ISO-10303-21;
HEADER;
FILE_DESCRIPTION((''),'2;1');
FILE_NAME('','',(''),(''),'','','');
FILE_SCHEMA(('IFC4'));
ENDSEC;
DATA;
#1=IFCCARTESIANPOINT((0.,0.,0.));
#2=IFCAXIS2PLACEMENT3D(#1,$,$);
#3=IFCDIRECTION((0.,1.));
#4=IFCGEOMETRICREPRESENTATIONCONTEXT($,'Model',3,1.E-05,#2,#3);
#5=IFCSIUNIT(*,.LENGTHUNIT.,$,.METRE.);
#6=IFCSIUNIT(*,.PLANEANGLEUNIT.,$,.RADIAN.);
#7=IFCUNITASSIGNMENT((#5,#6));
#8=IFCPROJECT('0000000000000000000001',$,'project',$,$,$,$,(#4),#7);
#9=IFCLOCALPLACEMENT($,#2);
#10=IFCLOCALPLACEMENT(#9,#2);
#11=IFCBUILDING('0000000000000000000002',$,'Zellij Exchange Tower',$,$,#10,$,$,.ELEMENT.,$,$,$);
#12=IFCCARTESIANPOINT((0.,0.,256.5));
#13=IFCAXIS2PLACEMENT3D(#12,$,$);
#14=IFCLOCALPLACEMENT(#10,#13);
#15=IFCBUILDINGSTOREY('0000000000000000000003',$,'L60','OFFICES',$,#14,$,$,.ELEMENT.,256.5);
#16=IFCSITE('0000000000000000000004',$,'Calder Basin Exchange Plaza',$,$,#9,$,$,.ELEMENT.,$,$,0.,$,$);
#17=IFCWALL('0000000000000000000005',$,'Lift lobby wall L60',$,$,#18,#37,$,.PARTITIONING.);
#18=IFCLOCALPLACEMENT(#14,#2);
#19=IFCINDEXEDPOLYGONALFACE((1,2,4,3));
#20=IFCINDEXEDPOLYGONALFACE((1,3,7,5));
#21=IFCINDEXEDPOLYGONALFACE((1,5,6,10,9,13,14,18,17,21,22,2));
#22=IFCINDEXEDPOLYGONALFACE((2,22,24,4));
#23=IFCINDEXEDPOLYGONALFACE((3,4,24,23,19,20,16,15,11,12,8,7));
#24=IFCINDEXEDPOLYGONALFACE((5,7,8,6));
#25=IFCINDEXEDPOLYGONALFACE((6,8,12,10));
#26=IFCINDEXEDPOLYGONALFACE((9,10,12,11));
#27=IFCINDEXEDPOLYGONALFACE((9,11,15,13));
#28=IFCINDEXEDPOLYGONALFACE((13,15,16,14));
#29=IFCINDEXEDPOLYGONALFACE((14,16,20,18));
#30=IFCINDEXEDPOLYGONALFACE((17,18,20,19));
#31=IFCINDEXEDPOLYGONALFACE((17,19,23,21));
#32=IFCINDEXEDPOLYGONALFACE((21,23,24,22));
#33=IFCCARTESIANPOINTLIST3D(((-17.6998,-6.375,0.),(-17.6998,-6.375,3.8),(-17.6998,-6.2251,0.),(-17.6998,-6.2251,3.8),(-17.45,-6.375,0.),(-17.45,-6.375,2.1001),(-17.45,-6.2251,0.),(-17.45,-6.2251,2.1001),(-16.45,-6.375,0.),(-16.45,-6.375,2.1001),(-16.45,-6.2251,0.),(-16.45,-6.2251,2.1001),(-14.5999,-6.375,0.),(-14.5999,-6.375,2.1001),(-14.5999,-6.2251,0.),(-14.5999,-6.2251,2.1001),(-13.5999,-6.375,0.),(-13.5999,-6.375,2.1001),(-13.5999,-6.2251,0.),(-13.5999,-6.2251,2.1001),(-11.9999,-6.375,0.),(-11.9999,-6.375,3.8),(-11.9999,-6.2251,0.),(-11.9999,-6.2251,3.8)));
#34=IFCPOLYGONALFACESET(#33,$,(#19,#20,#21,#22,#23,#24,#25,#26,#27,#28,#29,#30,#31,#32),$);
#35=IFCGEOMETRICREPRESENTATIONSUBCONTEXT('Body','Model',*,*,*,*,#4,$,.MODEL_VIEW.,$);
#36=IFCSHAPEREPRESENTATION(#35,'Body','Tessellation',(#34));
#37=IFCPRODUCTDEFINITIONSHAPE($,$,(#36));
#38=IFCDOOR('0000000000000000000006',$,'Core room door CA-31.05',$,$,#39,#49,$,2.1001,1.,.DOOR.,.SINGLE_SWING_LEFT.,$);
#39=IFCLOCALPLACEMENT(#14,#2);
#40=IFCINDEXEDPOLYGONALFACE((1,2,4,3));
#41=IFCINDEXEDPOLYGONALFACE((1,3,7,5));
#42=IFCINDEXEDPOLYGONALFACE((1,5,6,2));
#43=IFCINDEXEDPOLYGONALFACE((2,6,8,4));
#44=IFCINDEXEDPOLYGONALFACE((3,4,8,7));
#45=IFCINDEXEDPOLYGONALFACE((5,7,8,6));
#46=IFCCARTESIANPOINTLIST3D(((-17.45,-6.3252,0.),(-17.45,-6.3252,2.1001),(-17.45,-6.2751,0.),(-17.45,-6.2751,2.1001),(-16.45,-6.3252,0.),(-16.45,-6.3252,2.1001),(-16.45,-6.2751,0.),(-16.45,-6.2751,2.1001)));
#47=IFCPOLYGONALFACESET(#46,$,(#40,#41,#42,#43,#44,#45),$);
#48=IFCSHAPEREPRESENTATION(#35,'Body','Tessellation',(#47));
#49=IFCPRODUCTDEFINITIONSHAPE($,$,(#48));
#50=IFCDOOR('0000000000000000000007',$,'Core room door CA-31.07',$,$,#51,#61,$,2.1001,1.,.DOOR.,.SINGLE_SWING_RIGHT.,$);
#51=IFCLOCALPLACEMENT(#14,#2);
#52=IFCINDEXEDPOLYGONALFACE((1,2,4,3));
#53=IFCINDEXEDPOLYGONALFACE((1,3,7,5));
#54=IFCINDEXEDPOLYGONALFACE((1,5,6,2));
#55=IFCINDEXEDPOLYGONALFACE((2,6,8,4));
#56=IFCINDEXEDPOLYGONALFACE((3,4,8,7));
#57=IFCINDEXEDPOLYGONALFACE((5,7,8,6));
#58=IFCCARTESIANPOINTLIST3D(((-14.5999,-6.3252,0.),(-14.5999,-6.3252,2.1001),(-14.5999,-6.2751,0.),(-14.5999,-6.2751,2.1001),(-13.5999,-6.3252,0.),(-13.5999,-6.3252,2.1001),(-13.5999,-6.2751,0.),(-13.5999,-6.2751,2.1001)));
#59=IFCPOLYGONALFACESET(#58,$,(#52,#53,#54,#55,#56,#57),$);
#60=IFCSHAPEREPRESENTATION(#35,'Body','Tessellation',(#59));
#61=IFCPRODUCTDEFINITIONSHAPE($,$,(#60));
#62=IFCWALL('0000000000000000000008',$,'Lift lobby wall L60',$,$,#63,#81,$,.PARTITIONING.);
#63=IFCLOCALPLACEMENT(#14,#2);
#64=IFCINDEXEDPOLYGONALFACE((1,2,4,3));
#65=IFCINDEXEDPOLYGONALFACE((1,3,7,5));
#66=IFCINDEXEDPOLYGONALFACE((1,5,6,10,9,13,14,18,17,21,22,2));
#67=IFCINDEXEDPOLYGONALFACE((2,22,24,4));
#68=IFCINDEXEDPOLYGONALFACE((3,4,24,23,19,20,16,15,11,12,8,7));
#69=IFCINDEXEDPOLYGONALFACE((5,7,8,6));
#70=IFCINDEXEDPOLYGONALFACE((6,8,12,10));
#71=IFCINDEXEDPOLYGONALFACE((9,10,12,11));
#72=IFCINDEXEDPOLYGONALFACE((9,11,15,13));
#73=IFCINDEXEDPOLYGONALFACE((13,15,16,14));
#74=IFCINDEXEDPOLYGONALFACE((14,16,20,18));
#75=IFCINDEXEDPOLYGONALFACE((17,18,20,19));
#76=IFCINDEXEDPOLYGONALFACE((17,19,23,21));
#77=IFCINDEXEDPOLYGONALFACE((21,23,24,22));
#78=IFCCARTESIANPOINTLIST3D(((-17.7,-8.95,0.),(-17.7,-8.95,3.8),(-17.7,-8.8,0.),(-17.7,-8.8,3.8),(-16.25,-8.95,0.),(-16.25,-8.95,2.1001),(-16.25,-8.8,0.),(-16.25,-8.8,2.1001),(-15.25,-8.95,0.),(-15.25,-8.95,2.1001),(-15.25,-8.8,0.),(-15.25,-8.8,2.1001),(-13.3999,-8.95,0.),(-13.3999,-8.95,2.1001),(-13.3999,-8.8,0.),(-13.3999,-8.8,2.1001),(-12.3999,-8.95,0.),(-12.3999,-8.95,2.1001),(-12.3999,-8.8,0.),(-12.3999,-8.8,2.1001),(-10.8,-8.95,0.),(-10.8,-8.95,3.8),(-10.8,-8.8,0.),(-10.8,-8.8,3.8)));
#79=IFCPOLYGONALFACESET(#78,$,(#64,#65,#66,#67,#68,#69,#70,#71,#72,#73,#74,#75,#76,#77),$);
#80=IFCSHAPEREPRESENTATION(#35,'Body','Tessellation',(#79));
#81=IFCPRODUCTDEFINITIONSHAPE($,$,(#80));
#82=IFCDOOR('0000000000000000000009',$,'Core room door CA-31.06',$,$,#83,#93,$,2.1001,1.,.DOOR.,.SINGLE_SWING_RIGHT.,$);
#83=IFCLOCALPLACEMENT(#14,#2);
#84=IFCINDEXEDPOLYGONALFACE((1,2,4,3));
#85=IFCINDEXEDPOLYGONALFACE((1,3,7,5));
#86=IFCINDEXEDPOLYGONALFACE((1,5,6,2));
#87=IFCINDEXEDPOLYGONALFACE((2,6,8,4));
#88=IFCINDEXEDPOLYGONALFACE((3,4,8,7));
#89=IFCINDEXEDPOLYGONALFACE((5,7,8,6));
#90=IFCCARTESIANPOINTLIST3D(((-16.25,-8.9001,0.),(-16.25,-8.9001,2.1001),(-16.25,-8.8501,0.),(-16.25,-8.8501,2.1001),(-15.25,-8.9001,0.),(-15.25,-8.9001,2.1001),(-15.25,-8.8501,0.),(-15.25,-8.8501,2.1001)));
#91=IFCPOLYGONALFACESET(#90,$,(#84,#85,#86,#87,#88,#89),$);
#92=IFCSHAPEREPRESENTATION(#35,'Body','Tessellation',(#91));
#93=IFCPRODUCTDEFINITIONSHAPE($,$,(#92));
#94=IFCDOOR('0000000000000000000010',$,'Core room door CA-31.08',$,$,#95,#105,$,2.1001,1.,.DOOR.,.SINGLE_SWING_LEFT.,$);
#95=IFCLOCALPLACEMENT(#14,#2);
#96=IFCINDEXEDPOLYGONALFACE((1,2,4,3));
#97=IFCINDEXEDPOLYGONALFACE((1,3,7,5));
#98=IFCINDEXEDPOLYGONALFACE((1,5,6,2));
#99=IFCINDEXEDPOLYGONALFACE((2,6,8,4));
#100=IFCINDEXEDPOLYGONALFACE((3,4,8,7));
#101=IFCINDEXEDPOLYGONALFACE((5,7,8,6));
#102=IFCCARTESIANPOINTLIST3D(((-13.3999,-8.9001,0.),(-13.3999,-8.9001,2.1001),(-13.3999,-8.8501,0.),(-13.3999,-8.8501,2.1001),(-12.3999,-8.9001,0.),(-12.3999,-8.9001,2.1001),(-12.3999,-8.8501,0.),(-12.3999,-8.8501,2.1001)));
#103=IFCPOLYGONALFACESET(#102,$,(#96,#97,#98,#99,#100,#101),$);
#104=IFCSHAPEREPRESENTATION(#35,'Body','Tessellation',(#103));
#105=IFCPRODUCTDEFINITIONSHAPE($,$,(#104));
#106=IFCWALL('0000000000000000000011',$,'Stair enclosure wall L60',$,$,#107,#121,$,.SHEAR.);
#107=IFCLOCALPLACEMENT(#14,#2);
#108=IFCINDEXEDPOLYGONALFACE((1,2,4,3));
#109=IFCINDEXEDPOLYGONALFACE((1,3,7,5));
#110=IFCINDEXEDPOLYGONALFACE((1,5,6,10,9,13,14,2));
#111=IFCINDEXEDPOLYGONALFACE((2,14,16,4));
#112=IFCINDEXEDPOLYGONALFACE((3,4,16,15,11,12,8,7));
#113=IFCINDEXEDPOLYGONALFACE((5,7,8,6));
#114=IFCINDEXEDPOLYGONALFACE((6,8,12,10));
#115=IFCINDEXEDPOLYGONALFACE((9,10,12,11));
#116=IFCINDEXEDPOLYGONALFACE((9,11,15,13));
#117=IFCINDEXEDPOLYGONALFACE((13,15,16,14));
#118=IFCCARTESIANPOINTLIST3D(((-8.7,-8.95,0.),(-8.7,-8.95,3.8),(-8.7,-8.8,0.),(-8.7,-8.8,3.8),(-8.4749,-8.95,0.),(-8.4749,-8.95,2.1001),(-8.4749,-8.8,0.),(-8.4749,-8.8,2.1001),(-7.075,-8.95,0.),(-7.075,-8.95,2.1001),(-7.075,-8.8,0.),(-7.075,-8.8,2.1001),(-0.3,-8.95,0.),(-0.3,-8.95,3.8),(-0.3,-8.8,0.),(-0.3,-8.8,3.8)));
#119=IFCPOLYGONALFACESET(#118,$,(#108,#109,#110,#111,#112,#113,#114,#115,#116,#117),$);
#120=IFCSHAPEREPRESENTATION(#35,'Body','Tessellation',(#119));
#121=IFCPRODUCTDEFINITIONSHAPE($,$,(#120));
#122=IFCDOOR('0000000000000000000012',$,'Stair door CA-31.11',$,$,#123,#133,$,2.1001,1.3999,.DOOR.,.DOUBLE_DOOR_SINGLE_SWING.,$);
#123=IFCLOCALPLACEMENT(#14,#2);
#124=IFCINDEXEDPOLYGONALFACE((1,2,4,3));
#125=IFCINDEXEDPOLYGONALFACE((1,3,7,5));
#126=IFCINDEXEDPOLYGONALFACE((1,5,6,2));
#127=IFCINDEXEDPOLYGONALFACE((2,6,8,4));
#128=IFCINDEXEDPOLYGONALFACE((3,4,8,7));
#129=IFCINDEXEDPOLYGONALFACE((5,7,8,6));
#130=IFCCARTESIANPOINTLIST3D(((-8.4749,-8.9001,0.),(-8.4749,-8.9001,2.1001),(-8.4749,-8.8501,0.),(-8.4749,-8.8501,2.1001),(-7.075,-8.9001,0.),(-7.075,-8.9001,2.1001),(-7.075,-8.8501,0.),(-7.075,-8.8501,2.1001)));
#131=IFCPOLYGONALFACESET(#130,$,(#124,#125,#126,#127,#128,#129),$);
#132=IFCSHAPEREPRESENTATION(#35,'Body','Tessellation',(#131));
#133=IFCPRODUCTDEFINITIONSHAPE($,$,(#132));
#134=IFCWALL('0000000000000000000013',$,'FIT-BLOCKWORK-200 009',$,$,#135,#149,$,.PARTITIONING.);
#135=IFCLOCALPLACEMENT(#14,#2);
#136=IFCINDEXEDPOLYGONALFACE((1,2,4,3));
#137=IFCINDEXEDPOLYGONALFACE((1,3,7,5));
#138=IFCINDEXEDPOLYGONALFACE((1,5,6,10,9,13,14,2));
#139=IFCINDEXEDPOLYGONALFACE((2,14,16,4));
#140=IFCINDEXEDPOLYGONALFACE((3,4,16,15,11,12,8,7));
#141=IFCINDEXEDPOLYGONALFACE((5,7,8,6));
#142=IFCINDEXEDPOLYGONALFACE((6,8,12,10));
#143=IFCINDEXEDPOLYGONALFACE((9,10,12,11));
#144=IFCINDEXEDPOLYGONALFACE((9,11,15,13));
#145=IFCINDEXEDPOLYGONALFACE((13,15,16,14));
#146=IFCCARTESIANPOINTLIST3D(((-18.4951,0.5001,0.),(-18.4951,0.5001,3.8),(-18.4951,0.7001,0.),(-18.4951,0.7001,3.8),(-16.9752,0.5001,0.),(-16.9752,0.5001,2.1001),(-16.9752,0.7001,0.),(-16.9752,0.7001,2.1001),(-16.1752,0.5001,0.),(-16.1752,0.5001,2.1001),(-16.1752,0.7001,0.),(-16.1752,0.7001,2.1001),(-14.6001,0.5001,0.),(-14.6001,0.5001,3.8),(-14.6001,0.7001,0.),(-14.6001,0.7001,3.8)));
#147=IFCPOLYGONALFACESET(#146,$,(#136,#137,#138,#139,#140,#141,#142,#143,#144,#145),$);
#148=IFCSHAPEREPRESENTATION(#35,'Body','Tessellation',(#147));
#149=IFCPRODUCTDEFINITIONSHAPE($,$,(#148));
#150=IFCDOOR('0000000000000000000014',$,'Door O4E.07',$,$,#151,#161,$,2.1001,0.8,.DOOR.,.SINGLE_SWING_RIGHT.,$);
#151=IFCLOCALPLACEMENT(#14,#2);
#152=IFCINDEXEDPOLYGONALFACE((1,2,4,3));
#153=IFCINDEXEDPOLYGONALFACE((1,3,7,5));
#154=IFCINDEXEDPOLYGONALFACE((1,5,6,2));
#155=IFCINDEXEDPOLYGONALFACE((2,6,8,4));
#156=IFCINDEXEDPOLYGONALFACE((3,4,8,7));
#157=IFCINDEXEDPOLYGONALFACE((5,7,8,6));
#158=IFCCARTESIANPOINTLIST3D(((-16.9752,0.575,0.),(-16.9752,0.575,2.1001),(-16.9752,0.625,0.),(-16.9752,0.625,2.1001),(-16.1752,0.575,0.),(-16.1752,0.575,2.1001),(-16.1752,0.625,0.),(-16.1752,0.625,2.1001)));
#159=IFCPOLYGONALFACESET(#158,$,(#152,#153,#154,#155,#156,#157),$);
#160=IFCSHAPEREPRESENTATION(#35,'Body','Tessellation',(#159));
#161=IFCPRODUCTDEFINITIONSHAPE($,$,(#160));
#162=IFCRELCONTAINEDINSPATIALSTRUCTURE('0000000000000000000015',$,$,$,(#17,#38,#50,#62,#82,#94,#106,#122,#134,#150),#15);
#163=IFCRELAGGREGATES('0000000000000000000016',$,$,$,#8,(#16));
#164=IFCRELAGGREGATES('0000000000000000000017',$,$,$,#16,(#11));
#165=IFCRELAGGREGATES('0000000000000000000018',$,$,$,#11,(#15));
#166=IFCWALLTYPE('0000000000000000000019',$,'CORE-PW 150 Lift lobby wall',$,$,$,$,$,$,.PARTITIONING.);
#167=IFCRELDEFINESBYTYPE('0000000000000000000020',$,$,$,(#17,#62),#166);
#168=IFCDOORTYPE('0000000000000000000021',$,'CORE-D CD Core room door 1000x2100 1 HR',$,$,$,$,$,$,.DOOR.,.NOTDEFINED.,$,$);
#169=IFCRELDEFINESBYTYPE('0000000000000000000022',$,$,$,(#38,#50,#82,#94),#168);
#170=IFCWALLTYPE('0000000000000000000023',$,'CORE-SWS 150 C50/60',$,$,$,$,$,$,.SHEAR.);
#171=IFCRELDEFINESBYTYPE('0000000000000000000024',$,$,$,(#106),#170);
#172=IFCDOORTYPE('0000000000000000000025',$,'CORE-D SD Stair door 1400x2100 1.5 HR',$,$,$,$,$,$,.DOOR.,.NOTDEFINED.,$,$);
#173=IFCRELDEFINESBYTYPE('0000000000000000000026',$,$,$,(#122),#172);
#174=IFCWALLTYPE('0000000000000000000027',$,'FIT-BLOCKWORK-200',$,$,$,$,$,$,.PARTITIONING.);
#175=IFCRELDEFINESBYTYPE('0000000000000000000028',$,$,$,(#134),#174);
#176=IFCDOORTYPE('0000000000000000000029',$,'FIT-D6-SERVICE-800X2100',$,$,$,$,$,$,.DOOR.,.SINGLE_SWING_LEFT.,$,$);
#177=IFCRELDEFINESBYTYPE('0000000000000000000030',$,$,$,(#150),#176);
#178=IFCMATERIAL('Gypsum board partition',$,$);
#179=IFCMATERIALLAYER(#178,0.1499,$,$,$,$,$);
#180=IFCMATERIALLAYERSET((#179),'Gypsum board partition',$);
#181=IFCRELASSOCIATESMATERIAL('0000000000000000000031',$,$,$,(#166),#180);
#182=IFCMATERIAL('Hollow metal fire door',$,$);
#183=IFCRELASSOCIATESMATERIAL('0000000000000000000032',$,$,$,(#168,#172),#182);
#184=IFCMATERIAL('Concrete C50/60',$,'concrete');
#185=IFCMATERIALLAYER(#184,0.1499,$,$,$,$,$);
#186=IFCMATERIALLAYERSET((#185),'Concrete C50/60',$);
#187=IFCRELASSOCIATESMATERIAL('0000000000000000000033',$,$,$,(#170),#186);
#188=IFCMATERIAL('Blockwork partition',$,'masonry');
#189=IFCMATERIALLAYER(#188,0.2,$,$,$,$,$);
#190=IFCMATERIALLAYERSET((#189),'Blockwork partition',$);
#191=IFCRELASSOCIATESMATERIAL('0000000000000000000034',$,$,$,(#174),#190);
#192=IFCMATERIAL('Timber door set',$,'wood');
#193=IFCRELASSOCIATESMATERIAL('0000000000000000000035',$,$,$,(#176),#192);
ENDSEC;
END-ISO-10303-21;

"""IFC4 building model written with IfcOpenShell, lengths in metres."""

from ifc_helpers import new_model, si_unit, direction, frame, frame_2d, origin, place, context, subcontext, project, spatial, rectangle, extrude, material, layer, layer_set, type_object, element, fill, save


model = new_model("IFC4")

# Units and contexts
model_context = context("Model", 3, precision=1e-05, world=origin(), true_north=direction((0.0, 1.0)))
body_context = subcontext(model_context, "Body", "Model", "MODEL_VIEW")
ifc_project = project(units=[si_unit("LENGTHUNIT", "METRE"), si_unit("PLANEANGLEUNIT", "RADIAN")], contexts=[model_context])

# Site, building, storey
site_placement = place(None, origin())
site = spatial("IfcSite", under=ifc_project, at=site_placement, Name="Calder Basin Exchange Plaza", CompositionType="ELEMENT", RefElevation=0.0)
building_placement = place(site_placement, origin())
building = spatial("IfcBuilding", under=site, at=building_placement, Name="Zellij Exchange Tower", CompositionType="ELEMENT")
storey_placement = place(building_placement, frame((0.0, 0.0, 256.5)))
storey = spatial("IfcBuildingStorey", under=building, at=storey_placement, Name="L60", Description="OFFICES", CompositionType="ELEMENT", Elevation=256.5)

# Shared definitions
ifc_material_1 = material(Name="Concrete C50/60", Category="concrete")

# Shared definitions
ifc_material_2 = material(Name="Gypsum board partition")
ifc_layer_1 = layer(ifc_material_2, 0.1499)
ifc_layer_set_1 = layer_set([ifc_layer_1], Name="Gypsum board partition")
wall_type_1 = type_object("IfcWallType", Name="CORE-PW 150 Lift lobby wall", PredefinedType="PARTITIONING", material=ifc_layer_set_1)

# Shared definitions
ifc_material_3 = material(Name="Hollow metal fire door")

# Walls, openings, doors
wall_1_placement = place(storey_placement, frame((-17.7, -6.3, 0.0), z_axis=(0.0, 0.0, 1.0), x_axis=(1.0, 0.0, 0.0)))
wall_1 = element("IfcWall", 1, at=wall_1_placement, inside=storey, type_object=wall_type_1, Name="Lift lobby wall L60", PredefinedType="PARTITIONING", context=body_context, shape_type="SweptSolid", body=[
    extrude(rectangle(XDim=5.7, YDim=0.1499, at=frame_2d((2.8501, 0.0))), origin(), (0.0, 0.0, 1.0), 3.8),
])
opening_1_placement = place(wall_1_placement, frame((0.25, 0.0, 0.0)))
opening_1 = element("IfcOpeningElement", 2, at=opening_1_placement, cuts=wall_1, PredefinedType="OPENING", context=body_context, shape_type="SweptSolid", body=[
    extrude(rectangle(XDim=1.0, YDim=2.1001, at=frame_2d((0.5, 1.05))), frame((0.0, 0.0869, 0.0), z_axis=(0.0, -1.0, 0.0), x_axis=(1.0, 0.0, 0.0)), (0.0, 0.0, 1.0), 0.1738),
])
opening_2_placement = place(wall_1_placement, frame((3.1001, 0.0, 0.0)))
opening_2 = element("IfcOpeningElement", 3, at=opening_2_placement, cuts=wall_1, PredefinedType="OPENING", context=body_context, shape_type="SweptSolid", body=[
    extrude(rectangle(XDim=1.0, YDim=2.1001, at=frame_2d((0.5, 1.05))), frame((0.0, 0.0869, 0.0), z_axis=(0.0, -1.0, 0.0), x_axis=(1.0, 0.0, 0.0)), (0.0, 0.0, 1.0), 0.1738),
])
door_type_1 = type_object("IfcDoorType", Name="CORE-D CD Core room door 1000x2100 1 HR", OperationType="NOTDEFINED", PredefinedType="DOOR", material=ifc_material_3)
door_1_placement = place(opening_1_placement, origin())
door_1 = element("IfcDoor", 4, at=door_1_placement, inside=storey, type_object=door_type_1, Name="Core room door CA-31.05", OperationType="SINGLE_SWING_LEFT", OverallHeight=2.1001, OverallWidth=1.0, PredefinedType="DOOR", context=body_context, shape_type="SweptSolid", body=[
    extrude(rectangle(XDim=1.0, YDim=2.1001, at=frame_2d((0.5, 1.05))), frame((0.0, 0.0249, 0.0), z_axis=(0.0, -1.0, 0.0), x_axis=(1.0, 0.0, 0.0)), (0.0, 0.0, 1.0), 0.05),
])
fill(opening_1, door_1)
door_2_placement = place(opening_2_placement, origin())
door_2 = element("IfcDoor", 5, at=door_2_placement, inside=storey, type_object=door_type_1, Name="Core room door CA-31.07", OperationType="SINGLE_SWING_RIGHT", OverallHeight=2.1001, OverallWidth=1.0, PredefinedType="DOOR", context=body_context, shape_type="SweptSolid", body=[
    extrude(rectangle(XDim=1.0, YDim=2.1001, at=frame_2d((0.5, 1.05))), frame((0.0, 0.0249, 0.0), z_axis=(0.0, -1.0, 0.0), x_axis=(1.0, 0.0, 0.0)), (0.0, 0.0, 1.0), 0.05),
])
fill(opening_2, door_2)
wall_2_placement = place(storey_placement, frame((-17.7, -8.875, 0.0), z_axis=(0.0, 0.0, 1.0), x_axis=(1.0, 0.0, 0.0)))
wall_2 = element("IfcWall", 6, at=wall_2_placement, inside=storey, type_object=wall_type_1, Name="Lift lobby wall L60", PredefinedType="PARTITIONING", context=body_context, shape_type="SweptSolid", body=[
    extrude(rectangle(XDim=6.8999, YDim=0.1499, at=frame_2d((3.45, 0.0))), origin(), (0.0, 0.0, 1.0), 3.8),
])
opening_3_placement = place(wall_2_placement, frame((1.45, 0.0, 0.0)))
opening_3 = element("IfcOpeningElement", 7, at=opening_3_placement, cuts=wall_2, PredefinedType="OPENING", context=body_context, shape_type="SweptSolid", body=[
    extrude(rectangle(XDim=1.0, YDim=2.1001, at=frame_2d((0.5, 1.05))), frame((0.0, 0.0869, 0.0), z_axis=(0.0, -1.0, 0.0), x_axis=(1.0, 0.0, 0.0)), (0.0, 0.0, 1.0), 0.1738),
])
opening_4_placement = place(wall_2_placement, frame((4.3, 0.0, 0.0)))
opening_4 = element("IfcOpeningElement", 8, at=opening_4_placement, cuts=wall_2, PredefinedType="OPENING", context=body_context, shape_type="SweptSolid", body=[
    extrude(rectangle(XDim=1.0, YDim=2.1001, at=frame_2d((0.5, 1.05))), frame((0.0, 0.0869, 0.0), z_axis=(0.0, -1.0, 0.0), x_axis=(1.0, 0.0, 0.0)), (0.0, 0.0, 1.0), 0.1738),
])
door_3_placement = place(opening_3_placement, origin())
door_3 = element("IfcDoor", 9, at=door_3_placement, inside=storey, type_object=door_type_1, Name="Core room door CA-31.06", OperationType="SINGLE_SWING_RIGHT", OverallHeight=2.1001, OverallWidth=1.0, PredefinedType="DOOR", context=body_context, shape_type="SweptSolid", body=[
    extrude(rectangle(XDim=1.0, YDim=2.1001, at=frame_2d((0.5, 1.05))), frame((0.0, 0.0249, 0.0), z_axis=(0.0, -1.0, 0.0), x_axis=(1.0, 0.0, 0.0)), (0.0, 0.0, 1.0), 0.05),
])
fill(opening_3, door_3)
door_4_placement = place(opening_4_placement, origin())
door_4 = element("IfcDoor", 10, at=door_4_placement, inside=storey, type_object=door_type_1, Name="Core room door CA-31.08", OperationType="SINGLE_SWING_LEFT", OverallHeight=2.1001, OverallWidth=1.0, PredefinedType="DOOR", context=body_context, shape_type="SweptSolid", body=[
    extrude(rectangle(XDim=1.0, YDim=2.1001, at=frame_2d((0.5, 1.05))), frame((0.0, 0.0249, 0.0), z_axis=(0.0, -1.0, 0.0), x_axis=(1.0, 0.0, 0.0)), (0.0, 0.0, 1.0), 0.05),
])
fill(opening_4, door_4)

# Walls, openings, doors
ifc_layer_2 = layer(ifc_material_1, 0.1499)
ifc_layer_set_2 = layer_set([ifc_layer_2], Name="Concrete C50/60")
wall_type_2 = type_object("IfcWallType", Name="CORE-SWS 150 C50/60", PredefinedType="SHEAR", material=ifc_layer_set_2)
wall_3_placement = place(storey_placement, frame((-8.7, -8.875, 0.0), z_axis=(0.0, 0.0, 1.0), x_axis=(1.0, 0.0, 0.0)))
wall_3 = element("IfcWall", 11, at=wall_3_placement, inside=storey, type_object=wall_type_2, Name="Stair enclosure wall L60", PredefinedType="SHEAR", context=body_context, shape_type="SweptSolid", body=[
    extrude(rectangle(XDim=8.3999, YDim=0.1499, at=frame_2d((4.2, 0.0))), origin(), (0.0, 0.0, 1.0), 3.8),
])
opening_5_placement = place(wall_3_placement, frame((0.2251, 0.0, 0.0)))
opening_5 = element("IfcOpeningElement", 12, at=opening_5_placement, cuts=wall_3, PredefinedType="OPENING", context=body_context, shape_type="SweptSolid", body=[
    extrude(rectangle(XDim=1.3999, YDim=2.1001, at=frame_2d((0.7, 1.05))), frame((0.0, 0.0869, 0.0), z_axis=(0.0, -1.0, 0.0), x_axis=(1.0, 0.0, 0.0)), (0.0, 0.0, 1.0), 0.1738),
])
door_type_2 = type_object("IfcDoorType", Name="CORE-D SD Stair door 1400x2100 1.5 HR", OperationType="NOTDEFINED", PredefinedType="DOOR", material=ifc_material_3)
door_5_placement = place(opening_5_placement, origin())
door_5 = element("IfcDoor", 13, at=door_5_placement, inside=storey, type_object=door_type_2, Name="Stair door CA-31.11", OperationType="DOUBLE_DOOR_SINGLE_SWING", OverallHeight=2.1001, OverallWidth=1.3999, PredefinedType="DOOR", context=body_context, shape_type="SweptSolid", body=[
    extrude(rectangle(XDim=1.3999, YDim=2.1001, at=frame_2d((0.7, 1.05))), frame((0.0, 0.0249, 0.0), z_axis=(0.0, -1.0, 0.0), x_axis=(1.0, 0.0, 0.0)), (0.0, 0.0, 1.0), 0.05),
])
fill(opening_5, door_5)
ifc_material_4 = material(Name="Blockwork partition", Category="masonry")
ifc_layer_3 = layer(ifc_material_4, 0.2)
ifc_layer_set_3 = layer_set([ifc_layer_3], Name="Blockwork partition")
wall_type_3 = type_object("IfcWallType", Name="FIT-BLOCKWORK-200", PredefinedType="PARTITIONING", material=ifc_layer_set_3)
wall_4_placement = place(storey_placement, frame((-18.4951, 0.6001, 0.0), z_axis=(0.0, 0.0, 1.0), x_axis=(1.0, 0.0, 0.0)))
wall_4 = element("IfcWall", 14, at=wall_4_placement, inside=storey, type_object=wall_type_3, Name="FIT-BLOCKWORK-200 009", PredefinedType="PARTITIONING", context=body_context, shape_type="SweptSolid", body=[
    extrude(rectangle(XDim=3.895, YDim=0.2, at=frame_2d((1.9475, 0.0))), origin(), (0.0, 0.0, 1.0), 3.8),
])
opening_6_placement = place(wall_4_placement, frame((1.52, 0.0, 0.0)))
opening_6 = element("IfcOpeningElement", 15, at=opening_6_placement, cuts=wall_4, PredefinedType="OPENING", context=body_context, shape_type="SweptSolid", body=[
    extrude(rectangle(XDim=0.8, YDim=2.1001, at=frame_2d((0.3999, 1.05))), frame((0.0, 0.1118, 0.0), z_axis=(0.0, -1.0, 0.0), x_axis=(1.0, 0.0, 0.0)), (0.0, 0.0, 1.0), 0.2239),
])
ifc_material_5 = material(Name="Timber door set", Category="wood")
door_type_3 = type_object("IfcDoorType", Name="FIT-D6-SERVICE-800X2100", OperationType="SINGLE_SWING_LEFT", PredefinedType="DOOR", material=ifc_material_5)
door_6_placement = place(opening_6_placement, origin())
door_6 = element("IfcDoor", 16, at=door_6_placement, inside=storey, type_object=door_type_3, Name="Door O4E.07", OperationType="SINGLE_SWING_RIGHT", OverallHeight=2.1001, OverallWidth=0.8, PredefinedType="DOOR", context=body_context, shape_type="SweptSolid", body=[
    extrude(rectangle(XDim=0.8, YDim=2.1001, at=frame_2d((0.3999, 1.05))), frame((0.0, 0.0249, 0.0), z_axis=(0.0, -1.0, 0.0), x_axis=(1.0, 0.0, 0.0)), (0.0, 0.0, 1.0), 0.05),
])
fill(opening_6, door_6)

save(model, "model.ifc")
